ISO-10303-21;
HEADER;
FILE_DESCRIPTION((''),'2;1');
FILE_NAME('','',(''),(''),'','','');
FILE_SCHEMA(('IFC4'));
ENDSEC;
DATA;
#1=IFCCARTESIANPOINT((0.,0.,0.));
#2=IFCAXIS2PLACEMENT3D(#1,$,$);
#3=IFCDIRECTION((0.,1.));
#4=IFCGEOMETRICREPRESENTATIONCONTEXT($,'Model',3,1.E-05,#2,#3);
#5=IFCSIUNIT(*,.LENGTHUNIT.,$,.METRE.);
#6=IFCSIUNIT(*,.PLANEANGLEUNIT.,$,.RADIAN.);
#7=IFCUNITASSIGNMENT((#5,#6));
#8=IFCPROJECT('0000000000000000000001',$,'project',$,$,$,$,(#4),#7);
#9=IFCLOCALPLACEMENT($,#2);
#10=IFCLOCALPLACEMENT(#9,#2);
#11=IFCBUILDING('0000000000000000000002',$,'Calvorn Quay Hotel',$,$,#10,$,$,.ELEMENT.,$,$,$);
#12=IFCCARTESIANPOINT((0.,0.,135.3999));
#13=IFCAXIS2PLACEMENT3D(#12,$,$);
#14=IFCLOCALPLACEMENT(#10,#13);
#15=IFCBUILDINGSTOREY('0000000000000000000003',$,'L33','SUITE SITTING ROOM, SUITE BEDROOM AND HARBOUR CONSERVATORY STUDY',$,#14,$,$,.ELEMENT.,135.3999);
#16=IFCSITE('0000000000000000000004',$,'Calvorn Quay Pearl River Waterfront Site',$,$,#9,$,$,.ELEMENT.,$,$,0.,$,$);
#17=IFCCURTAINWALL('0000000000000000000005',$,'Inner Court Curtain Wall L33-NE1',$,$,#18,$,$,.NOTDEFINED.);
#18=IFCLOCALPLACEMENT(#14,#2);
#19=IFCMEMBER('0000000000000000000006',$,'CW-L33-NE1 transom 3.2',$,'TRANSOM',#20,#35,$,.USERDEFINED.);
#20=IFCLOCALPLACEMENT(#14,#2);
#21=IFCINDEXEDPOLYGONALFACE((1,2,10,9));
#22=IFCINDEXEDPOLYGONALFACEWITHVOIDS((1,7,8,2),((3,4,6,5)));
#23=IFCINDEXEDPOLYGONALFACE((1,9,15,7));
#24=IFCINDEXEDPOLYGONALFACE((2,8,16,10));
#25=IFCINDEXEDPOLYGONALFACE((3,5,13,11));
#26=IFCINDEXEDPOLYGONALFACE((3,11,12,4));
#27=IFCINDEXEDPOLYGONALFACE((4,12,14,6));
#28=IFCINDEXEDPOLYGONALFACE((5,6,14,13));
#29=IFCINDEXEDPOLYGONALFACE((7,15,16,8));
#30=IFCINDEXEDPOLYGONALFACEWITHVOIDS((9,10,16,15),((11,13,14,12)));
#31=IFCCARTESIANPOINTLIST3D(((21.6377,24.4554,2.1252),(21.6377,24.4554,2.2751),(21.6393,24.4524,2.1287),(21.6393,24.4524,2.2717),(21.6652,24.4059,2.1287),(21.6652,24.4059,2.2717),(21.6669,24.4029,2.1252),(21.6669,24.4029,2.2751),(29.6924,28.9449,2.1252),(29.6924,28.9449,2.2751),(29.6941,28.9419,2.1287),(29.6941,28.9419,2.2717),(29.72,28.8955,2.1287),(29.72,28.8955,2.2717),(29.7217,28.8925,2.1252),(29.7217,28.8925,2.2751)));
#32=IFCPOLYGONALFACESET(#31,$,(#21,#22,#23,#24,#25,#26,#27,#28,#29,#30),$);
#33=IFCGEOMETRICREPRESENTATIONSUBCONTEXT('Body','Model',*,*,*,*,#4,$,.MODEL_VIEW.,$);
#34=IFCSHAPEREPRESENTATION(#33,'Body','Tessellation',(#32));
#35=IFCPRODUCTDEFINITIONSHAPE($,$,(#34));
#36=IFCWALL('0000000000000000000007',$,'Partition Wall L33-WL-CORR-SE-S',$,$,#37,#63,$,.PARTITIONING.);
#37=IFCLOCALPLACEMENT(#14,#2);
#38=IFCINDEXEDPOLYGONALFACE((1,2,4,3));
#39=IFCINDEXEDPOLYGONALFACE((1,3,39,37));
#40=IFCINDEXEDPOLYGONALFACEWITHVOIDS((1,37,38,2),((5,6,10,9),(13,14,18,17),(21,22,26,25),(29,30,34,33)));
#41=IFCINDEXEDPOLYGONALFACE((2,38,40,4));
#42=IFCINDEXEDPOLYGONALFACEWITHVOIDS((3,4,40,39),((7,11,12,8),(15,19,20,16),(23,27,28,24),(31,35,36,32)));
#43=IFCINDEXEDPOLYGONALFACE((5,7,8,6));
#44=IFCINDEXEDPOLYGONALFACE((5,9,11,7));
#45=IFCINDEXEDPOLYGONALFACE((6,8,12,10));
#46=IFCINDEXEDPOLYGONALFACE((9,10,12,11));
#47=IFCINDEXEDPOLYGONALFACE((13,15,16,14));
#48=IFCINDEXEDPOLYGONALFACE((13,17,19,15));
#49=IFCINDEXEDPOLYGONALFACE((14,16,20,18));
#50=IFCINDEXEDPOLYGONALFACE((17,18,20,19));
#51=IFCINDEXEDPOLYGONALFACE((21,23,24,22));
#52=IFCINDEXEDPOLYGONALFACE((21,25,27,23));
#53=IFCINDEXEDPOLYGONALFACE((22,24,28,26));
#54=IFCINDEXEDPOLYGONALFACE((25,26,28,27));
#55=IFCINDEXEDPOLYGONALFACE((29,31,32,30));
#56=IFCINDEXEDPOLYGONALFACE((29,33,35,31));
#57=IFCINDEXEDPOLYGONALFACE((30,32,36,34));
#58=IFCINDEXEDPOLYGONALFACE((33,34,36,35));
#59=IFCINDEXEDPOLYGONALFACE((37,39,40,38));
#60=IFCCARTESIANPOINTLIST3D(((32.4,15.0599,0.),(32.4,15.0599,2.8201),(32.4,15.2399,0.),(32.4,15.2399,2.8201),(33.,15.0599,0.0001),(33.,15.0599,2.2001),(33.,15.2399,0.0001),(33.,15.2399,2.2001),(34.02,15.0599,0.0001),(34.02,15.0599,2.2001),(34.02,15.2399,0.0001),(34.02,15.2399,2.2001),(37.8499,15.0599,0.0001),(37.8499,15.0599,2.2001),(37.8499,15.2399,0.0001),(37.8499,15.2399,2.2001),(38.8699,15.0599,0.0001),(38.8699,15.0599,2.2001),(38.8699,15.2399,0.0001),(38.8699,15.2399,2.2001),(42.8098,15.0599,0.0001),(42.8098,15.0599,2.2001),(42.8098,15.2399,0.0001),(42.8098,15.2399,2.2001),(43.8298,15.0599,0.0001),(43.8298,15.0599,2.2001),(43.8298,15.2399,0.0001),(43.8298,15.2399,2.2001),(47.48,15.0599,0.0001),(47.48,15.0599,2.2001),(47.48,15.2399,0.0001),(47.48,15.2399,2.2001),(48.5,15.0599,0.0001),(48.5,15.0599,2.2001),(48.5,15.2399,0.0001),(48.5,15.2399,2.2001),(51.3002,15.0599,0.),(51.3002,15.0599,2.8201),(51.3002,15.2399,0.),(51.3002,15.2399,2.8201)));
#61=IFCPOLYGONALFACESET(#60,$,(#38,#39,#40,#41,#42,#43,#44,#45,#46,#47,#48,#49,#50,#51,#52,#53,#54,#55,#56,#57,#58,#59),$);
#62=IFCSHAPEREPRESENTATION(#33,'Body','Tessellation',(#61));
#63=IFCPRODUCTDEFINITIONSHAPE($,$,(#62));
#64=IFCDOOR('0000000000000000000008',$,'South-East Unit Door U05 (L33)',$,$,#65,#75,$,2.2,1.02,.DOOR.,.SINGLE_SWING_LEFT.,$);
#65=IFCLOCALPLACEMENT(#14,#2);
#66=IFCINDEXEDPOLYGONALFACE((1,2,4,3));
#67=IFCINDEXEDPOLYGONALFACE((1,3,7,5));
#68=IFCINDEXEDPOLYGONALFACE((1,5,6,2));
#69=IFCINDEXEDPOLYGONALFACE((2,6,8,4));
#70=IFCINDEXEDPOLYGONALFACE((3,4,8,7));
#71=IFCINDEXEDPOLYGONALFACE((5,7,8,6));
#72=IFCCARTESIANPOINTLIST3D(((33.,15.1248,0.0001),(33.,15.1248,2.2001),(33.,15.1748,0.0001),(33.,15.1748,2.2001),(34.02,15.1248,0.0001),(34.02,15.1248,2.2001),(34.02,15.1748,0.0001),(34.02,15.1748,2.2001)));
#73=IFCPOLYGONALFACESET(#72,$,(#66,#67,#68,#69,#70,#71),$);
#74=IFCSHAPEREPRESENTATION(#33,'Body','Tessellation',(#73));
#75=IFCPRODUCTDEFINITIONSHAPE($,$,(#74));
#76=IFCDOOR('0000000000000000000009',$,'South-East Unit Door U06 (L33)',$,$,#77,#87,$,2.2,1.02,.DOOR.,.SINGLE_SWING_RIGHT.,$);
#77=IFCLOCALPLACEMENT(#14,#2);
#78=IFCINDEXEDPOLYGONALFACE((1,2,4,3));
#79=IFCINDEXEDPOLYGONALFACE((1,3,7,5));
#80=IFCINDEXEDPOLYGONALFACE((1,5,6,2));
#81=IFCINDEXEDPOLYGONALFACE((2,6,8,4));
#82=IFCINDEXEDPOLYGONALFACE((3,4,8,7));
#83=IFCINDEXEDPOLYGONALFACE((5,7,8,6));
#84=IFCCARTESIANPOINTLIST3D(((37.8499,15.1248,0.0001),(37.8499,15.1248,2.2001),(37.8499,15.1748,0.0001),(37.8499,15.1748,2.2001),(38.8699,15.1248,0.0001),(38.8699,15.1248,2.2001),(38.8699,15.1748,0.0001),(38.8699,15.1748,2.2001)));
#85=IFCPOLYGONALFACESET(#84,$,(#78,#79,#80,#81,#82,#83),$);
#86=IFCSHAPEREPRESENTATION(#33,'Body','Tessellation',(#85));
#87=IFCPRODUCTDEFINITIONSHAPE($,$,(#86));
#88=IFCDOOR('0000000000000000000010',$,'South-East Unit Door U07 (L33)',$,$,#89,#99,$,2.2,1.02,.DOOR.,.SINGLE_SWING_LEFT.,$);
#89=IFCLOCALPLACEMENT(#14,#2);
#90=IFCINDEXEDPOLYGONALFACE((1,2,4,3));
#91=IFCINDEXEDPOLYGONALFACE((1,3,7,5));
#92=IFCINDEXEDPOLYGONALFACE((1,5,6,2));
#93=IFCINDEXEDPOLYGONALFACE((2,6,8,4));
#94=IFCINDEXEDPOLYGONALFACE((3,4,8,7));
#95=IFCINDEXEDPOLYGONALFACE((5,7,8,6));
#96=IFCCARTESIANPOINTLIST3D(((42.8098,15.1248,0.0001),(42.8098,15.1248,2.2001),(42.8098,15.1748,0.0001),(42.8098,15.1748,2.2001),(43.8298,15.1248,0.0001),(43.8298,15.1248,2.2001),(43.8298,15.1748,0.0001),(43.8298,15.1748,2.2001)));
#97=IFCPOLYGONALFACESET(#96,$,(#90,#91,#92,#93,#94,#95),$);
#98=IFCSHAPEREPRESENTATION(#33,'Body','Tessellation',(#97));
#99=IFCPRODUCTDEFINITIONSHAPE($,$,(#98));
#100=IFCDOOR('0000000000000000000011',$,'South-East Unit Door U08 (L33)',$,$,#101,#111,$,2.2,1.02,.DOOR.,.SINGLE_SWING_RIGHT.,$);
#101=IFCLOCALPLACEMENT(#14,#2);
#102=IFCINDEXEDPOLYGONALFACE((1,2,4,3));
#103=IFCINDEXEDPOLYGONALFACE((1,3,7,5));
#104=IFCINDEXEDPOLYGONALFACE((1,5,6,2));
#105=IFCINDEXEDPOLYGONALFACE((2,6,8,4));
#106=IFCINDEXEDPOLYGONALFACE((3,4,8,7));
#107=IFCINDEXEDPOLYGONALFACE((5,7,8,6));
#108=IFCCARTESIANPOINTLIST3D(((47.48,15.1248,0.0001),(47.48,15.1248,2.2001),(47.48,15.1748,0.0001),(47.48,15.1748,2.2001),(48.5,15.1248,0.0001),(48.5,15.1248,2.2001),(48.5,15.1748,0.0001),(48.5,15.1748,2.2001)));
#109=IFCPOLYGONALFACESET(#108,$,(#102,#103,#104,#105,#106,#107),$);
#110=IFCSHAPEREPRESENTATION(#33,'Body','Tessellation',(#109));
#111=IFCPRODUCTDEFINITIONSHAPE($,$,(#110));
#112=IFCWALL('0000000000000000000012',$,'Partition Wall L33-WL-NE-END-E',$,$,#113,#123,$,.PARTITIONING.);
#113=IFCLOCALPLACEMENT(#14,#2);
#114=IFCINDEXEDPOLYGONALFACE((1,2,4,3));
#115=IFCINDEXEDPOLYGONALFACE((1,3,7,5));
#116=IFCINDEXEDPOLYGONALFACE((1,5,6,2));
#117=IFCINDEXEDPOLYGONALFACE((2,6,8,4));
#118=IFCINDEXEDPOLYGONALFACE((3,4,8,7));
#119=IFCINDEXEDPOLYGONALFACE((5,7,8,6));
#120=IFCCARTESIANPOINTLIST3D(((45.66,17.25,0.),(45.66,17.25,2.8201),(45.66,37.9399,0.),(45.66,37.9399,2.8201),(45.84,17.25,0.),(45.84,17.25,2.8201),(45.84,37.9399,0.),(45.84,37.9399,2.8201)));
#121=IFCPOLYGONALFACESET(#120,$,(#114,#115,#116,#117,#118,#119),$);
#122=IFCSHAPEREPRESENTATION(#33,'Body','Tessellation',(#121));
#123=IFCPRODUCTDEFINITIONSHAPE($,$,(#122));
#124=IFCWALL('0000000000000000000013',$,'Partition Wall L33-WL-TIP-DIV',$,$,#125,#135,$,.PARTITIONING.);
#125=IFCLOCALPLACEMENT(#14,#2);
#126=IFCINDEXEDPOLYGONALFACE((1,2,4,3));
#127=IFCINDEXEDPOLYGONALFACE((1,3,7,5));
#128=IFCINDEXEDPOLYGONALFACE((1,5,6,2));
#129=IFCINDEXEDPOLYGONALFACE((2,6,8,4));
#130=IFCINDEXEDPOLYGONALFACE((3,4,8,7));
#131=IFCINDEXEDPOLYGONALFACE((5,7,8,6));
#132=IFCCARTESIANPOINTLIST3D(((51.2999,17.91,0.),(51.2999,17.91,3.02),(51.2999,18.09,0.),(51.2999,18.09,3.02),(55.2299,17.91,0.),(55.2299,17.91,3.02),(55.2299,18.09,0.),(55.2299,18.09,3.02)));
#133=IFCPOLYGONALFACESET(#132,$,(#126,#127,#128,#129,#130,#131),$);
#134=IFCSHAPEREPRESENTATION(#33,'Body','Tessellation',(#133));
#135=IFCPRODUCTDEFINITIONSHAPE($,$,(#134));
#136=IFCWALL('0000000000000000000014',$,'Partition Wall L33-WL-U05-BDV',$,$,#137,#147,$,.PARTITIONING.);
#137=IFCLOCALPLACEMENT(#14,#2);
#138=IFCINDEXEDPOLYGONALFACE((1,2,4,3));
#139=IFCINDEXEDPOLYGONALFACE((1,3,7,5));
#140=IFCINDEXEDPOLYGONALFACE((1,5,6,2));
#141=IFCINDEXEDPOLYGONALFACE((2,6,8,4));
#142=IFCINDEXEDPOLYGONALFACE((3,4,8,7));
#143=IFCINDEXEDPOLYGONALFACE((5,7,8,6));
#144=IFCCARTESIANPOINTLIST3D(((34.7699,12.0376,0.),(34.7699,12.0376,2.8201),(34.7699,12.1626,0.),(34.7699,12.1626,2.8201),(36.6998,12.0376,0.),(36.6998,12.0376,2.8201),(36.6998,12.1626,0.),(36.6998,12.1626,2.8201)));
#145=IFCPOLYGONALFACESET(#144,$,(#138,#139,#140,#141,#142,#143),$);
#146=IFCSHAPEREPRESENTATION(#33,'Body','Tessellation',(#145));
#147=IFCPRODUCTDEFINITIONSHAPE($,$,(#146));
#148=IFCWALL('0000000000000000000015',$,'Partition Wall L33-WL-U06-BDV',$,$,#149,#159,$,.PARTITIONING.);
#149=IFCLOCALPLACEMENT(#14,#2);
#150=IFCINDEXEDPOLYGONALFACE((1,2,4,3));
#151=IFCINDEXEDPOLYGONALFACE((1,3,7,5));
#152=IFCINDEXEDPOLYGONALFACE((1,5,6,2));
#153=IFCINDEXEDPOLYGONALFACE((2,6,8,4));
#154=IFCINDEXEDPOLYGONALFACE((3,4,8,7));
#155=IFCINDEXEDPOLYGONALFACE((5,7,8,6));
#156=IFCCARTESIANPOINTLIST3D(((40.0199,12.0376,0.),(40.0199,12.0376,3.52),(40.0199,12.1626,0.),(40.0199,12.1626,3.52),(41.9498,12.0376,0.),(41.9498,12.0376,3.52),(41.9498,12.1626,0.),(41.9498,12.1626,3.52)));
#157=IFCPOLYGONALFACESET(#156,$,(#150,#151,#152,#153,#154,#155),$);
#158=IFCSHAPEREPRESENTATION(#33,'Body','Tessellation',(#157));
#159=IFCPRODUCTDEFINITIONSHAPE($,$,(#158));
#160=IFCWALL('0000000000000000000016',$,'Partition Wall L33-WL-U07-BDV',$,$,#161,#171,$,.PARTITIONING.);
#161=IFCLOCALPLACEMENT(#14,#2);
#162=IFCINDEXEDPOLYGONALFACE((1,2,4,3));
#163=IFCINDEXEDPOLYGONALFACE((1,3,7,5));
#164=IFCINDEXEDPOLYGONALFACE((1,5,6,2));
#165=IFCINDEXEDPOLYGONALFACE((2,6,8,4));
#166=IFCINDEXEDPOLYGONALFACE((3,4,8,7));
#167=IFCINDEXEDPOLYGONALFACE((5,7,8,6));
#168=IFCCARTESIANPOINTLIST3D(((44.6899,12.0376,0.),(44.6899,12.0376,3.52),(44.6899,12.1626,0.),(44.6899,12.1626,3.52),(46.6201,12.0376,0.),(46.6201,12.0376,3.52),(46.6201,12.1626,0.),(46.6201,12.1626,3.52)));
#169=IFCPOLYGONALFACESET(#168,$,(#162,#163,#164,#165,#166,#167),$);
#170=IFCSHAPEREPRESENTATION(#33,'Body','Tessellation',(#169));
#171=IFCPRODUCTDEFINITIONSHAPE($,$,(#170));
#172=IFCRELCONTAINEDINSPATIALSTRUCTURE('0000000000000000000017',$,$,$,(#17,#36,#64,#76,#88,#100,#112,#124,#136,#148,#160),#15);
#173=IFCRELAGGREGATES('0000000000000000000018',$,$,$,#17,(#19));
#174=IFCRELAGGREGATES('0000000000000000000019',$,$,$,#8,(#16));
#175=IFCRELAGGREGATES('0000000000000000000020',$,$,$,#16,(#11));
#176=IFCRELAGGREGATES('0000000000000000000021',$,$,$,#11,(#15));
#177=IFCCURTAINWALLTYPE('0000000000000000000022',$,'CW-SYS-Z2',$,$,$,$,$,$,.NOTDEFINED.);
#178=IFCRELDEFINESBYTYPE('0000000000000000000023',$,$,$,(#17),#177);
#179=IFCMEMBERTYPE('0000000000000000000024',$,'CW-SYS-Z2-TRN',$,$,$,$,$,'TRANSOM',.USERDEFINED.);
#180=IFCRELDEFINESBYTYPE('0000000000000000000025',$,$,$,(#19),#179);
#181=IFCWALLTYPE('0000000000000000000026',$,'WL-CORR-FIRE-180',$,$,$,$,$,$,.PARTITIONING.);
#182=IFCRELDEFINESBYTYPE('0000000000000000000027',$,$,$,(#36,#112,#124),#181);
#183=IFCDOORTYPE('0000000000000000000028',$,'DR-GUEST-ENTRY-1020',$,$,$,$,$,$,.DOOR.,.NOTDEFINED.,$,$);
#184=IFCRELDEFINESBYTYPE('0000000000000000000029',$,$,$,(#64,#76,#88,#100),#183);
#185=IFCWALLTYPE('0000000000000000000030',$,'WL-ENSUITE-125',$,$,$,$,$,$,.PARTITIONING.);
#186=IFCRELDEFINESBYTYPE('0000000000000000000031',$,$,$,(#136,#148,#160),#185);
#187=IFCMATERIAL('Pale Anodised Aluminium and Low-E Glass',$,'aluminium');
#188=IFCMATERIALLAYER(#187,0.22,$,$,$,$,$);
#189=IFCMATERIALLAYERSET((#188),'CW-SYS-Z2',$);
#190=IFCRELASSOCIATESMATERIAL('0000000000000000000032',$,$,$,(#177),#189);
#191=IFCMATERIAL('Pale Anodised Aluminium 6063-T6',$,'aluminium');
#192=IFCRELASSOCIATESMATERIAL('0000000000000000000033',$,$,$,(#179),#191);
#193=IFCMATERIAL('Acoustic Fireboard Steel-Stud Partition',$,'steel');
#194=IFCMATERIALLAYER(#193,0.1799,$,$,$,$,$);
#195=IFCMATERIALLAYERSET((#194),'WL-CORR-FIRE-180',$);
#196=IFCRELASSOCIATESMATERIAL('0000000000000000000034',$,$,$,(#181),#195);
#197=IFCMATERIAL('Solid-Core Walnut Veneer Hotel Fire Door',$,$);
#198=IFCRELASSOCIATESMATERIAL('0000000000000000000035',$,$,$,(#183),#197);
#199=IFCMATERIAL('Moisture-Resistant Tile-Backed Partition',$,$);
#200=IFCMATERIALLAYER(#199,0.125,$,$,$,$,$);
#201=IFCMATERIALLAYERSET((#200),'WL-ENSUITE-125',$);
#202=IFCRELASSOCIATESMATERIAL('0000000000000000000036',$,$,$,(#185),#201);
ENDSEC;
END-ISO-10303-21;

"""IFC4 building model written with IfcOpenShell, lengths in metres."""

from ifc_helpers import new_model, si_unit, direction, frame, frame_2d, origin, origin_2d, place, context, subcontext, project, spatial, rectangle, hollow_rectangle, extrude, material, layer, layer_set, material_profile, profile_set, type_object, element, fill, aggregate, save


model = new_model("IFC4")

# Units and contexts
model_context = context("Model", 3, precision=1e-05, world=origin(), true_north=direction((0.0, 1.0)))
body_context = subcontext(model_context, "Body", "Model", "MODEL_VIEW")
ifc_project = project(units=[si_unit("LENGTHUNIT", "METRE"), si_unit("PLANEANGLEUNIT", "RADIAN")], contexts=[model_context])

# Site, building, storey
site_placement = place(None, origin())
site = spatial("IfcSite", under=ifc_project, at=site_placement, Name="Calvorn Quay Pearl River Waterfront Site", CompositionType="ELEMENT", RefElevation=0.0)
building_placement = place(site_placement, origin())
building = spatial("IfcBuilding", under=site, at=building_placement, Name="Calvorn Quay Hotel", CompositionType="ELEMENT")
storey_placement = place(building_placement, frame((0.0, 0.0, 135.3999)))
storey = spatial("IfcBuildingStorey", under=building, at=storey_placement, Name="L33", Description="SUITE SITTING ROOM, SUITE BEDROOM AND HARBOUR CONSERVATORY STUDY", CompositionType="ELEMENT", Elevation=135.3999)

# Curtain wall, member
ifc_material_1 = material(Name="Pale Anodised Aluminium and Low-E Glass", Category="aluminium")
ifc_layer_1 = layer(ifc_material_1, 0.22)
ifc_layer_set_1 = layer_set([ifc_layer_1], Name="CW-SYS-Z2")
curtain_wall_type = type_object("IfcCurtainWallType", Name="CW-SYS-Z2", PredefinedType="NOTDEFINED", material=ifc_layer_set_1)
curtain_wall_placement = place(storey_placement, origin())
curtain_wall = element("IfcCurtainWall", 1, at=curtain_wall_placement, inside=storey, type_object=curtain_wall_type, Name="Inner Court Curtain Wall L33-NE1", PredefinedType="NOTDEFINED")
ifc_material_2 = material(Name="Pale Anodised Aluminium 6063-T6", Category="aluminium")
ifc_material_profile_1 = material_profile(ifc_material_2, hollow_rectangle(XDim=0.0601, YDim=0.1499, WallThickness=0.0034, at=origin_2d()), Name="ALU-T150x60x3.5")
ifc_profile_set_1 = profile_set([ifc_material_profile_1], Name="Pale Anodised Aluminium 6063-T6")
member_type = type_object("IfcMemberType", Name="CW-SYS-Z2-TRN", ElementType="TRANSOM", PredefinedType="USERDEFINED", material=ifc_profile_set_1)
member_placement = place(storey_placement, frame((29.707, 28.9187, 2.2002), z_axis=(-0.873481, -0.486859, 0.0), x_axis=(0.486859, -0.873481, 0.0)))
member = element("IfcMember", 2, at=member_placement, type_object=member_type, Name="CW-L33-NE1 transom 3.2", ObjectType="TRANSOM", PredefinedType="USERDEFINED", context=body_context, shape_type="SweptSolid", body=[
    extrude(hollow_rectangle(XDim=0.0601, YDim=0.1499, WallThickness=0.0034, at=origin_2d()), origin(), (0.0, 0.0, 1.0), 9.2214),
])
aggregate(curtain_wall, [member])

# Wall, openings, doors
ifc_material_3 = material(Name="Acoustic Fireboard Steel-Stud Partition", Category="steel")
ifc_layer_2 = layer(ifc_material_3, 0.1799)
ifc_layer_set_2 = layer_set([ifc_layer_2], Name="WL-CORR-FIRE-180")
wall_type_1 = type_object("IfcWallType", Name="WL-CORR-FIRE-180", PredefinedType="PARTITIONING", material=ifc_layer_set_2)
wall_1_placement = place(storey_placement, frame((32.3999, 15.1499, 0.0), z_axis=(0.0, 0.0, 1.0), x_axis=(1.0, 0.0, 0.0)))
wall_1 = element("IfcWall", 3, at=wall_1_placement, inside=storey, type_object=wall_type_1, Name="Partition Wall L33-WL-CORR-SE-S", PredefinedType="PARTITIONING", context=body_context, shape_type="SweptSolid", body=[
    extrude(rectangle(XDim=18.9001, YDim=0.1799, at=frame_2d((9.4502, 0.0))), origin(), (0.0, 0.0, 1.0), 2.8201),
])
opening_1_placement = place(wall_1_placement, frame((0.6001, 0.0, 0.0)))
opening_1 = element("IfcOpeningElement", 4, at=opening_1_placement, cuts=wall_1, PredefinedType="OPENING", context=body_context, shape_type="SweptSolid", body=[
    extrude(rectangle(XDim=1.02, YDim=2.2, at=frame_2d((0.51, 1.1001))), frame((0.0, 0.0999, 0.0), z_axis=(0.0, -1.0, 0.0), x_axis=(1.0, 0.0, 0.0)), (0.0, 0.0, 1.0), 0.2),
])
opening_2_placement = place(wall_1_placement, frame((5.45, 0.0, 0.0)))
opening_2 = element("IfcOpeningElement", 5, at=opening_2_placement, cuts=wall_1, PredefinedType="OPENING", context=body_context, shape_type="SweptSolid", body=[
    extrude(rectangle(XDim=1.02, YDim=2.2, at=frame_2d((0.51, 1.1001))), frame((0.0, 0.0999, 0.0), z_axis=(0.0, -1.0, 0.0), x_axis=(1.0, 0.0, 0.0)), (0.0, 0.0, 1.0), 0.2),
])
opening_3_placement = place(wall_1_placement, frame((10.4099, 0.0, 0.0)))
opening_3 = element("IfcOpeningElement", 6, at=opening_3_placement, cuts=wall_1, PredefinedType="OPENING", context=body_context, shape_type="SweptSolid", body=[
    extrude(rectangle(XDim=1.02, YDim=2.2, at=frame_2d((0.51, 1.1001))), frame((0.0, 0.0999, 0.0), z_axis=(0.0, -1.0, 0.0), x_axis=(1.0, 0.0, 0.0)), (0.0, 0.0, 1.0), 0.2),
])
opening_4_placement = place(wall_1_placement, frame((15.0801, 0.0, 0.0)))
opening_4 = element("IfcOpeningElement", 7, at=opening_4_placement, cuts=wall_1, PredefinedType="OPENING", context=body_context, shape_type="SweptSolid", body=[
    extrude(rectangle(XDim=1.02, YDim=2.2, at=frame_2d((0.51, 1.1001))), frame((0.0, 0.0999, 0.0), z_axis=(0.0, -1.0, 0.0), x_axis=(1.0, 0.0, 0.0)), (0.0, 0.0, 1.0), 0.2),
])
ifc_material_4 = material(Name="Solid-Core Walnut Veneer Hotel Fire Door")
door_type = type_object("IfcDoorType", Name="DR-GUEST-ENTRY-1020", OperationType="NOTDEFINED", PredefinedType="DOOR", material=ifc_material_4)
door_1_placement = place(opening_1_placement, origin())
door_1 = element("IfcDoor", 8, at=door_1_placement, inside=storey, type_object=door_type, Name="South-East Unit Door U05 (L33)", OperationType="SINGLE_SWING_LEFT", OverallHeight=2.2, OverallWidth=1.02, PredefinedType="DOOR", context=body_context, shape_type="SweptSolid", body=[
    extrude(rectangle(XDim=1.02, YDim=2.2, at=frame_2d((0.51, 1.1001))), frame((0.0, 0.0249, 0.0), z_axis=(0.0, -1.0, 0.0), x_axis=(1.0, 0.0, 0.0)), (0.0, 0.0, 1.0), 0.05),
])
fill(opening_1, door_1)
door_2_placement = place(opening_2_placement, origin())
door_2 = element("IfcDoor", 9, at=door_2_placement, inside=storey, type_object=door_type, Name="South-East Unit Door U06 (L33)", OperationType="SINGLE_SWING_RIGHT", OverallHeight=2.2, OverallWidth=1.02, PredefinedType="DOOR", context=body_context, shape_type="SweptSolid", body=[
    extrude(rectangle(XDim=1.02, YDim=2.2, at=frame_2d((0.51, 1.1001))), frame((0.0, 0.0249, 0.0), z_axis=(0.0, -1.0, 0.0), x_axis=(1.0, 0.0, 0.0)), (0.0, 0.0, 1.0), 0.05),
])
fill(opening_2, door_2)
door_3_placement = place(opening_3_placement, origin())
door_3 = element("IfcDoor", 10, at=door_3_placement, inside=storey, type_object=door_type, Name="South-East Unit Door U07 (L33)", OperationType="SINGLE_SWING_LEFT", OverallHeight=2.2, OverallWidth=1.02, PredefinedType="DOOR", context=body_context, shape_type="SweptSolid", body=[
    extrude(rectangle(XDim=1.02, YDim=2.2, at=frame_2d((0.51, 1.1001))), frame((0.0, 0.0249, 0.0), z_axis=(0.0, -1.0, 0.0), x_axis=(1.0, 0.0, 0.0)), (0.0, 0.0, 1.0), 0.05),
])
fill(opening_3, door_3)
door_4_placement = place(opening_4_placement, origin())
door_4 = element("IfcDoor", 11, at=door_4_placement, inside=storey, type_object=door_type, Name="South-East Unit Door U08 (L33)", OperationType="SINGLE_SWING_RIGHT", OverallHeight=2.2, OverallWidth=1.02, PredefinedType="DOOR", context=body_context, shape_type="SweptSolid", body=[
    extrude(rectangle(XDim=1.02, YDim=2.2, at=frame_2d((0.51, 1.1001))), frame((0.0, 0.0249, 0.0), z_axis=(0.0, -1.0, 0.0), x_axis=(1.0, 0.0, 0.0)), (0.0, 0.0, 1.0), 0.05),
])
fill(opening_4, door_4)

# Walls
wall_2_placement = place(storey_placement, frame((45.75, 17.25, 0.0), z_axis=(0.0, 0.0, 1.0), x_axis=(0.0, 1.0, 0.0)))
element("IfcWall", 12, at=wall_2_placement, inside=storey, type_object=wall_type_1, Name="Partition Wall L33-WL-NE-END-E", PredefinedType="PARTITIONING", context=body_context, shape_type="SweptSolid", body=[
    extrude(rectangle(XDim=20.6899, YDim=0.1799, at=frame_2d((10.345, 0.0))), origin(), (0.0, 0.0, 1.0), 2.8201),
])
wall_3_placement = place(storey_placement, frame((51.3, 18.0, 0.0), z_axis=(0.0, 0.0, 1.0), x_axis=(1.0, 0.0, 0.0)))
element("IfcWall", 13, at=wall_3_placement, inside=storey, type_object=wall_type_1, Name="Partition Wall L33-WL-TIP-DIV", PredefinedType="PARTITIONING", context=body_context, shape_type="SweptSolid", body=[
    extrude(rectangle(XDim=3.9299, YDim=0.1799, at=frame_2d((1.9648, 0.0))), origin(), (0.0, 0.0, 1.0), 3.02),
])
ifc_material_5 = material(Name="Moisture-Resistant Tile-Backed Partition")
ifc_layer_3 = layer(ifc_material_5, 0.125)
ifc_layer_set_3 = layer_set([ifc_layer_3], Name="WL-ENSUITE-125")
wall_type_2 = type_object("IfcWallType", Name="WL-ENSUITE-125", PredefinedType="PARTITIONING", material=ifc_layer_set_3)
wall_4_placement = place(storey_placement, frame((34.77, 12.1001, 0.0), z_axis=(0.0, 0.0, 1.0), x_axis=(1.0, 0.0, 0.0)))
element("IfcWall", 14, at=wall_4_placement, inside=storey, type_object=wall_type_2, Name="Partition Wall L33-WL-U05-BDV", PredefinedType="PARTITIONING", context=body_context, shape_type="SweptSolid", body=[
    extrude(rectangle(XDim=1.9299, YDim=0.125, at=frame_2d((0.9648, 0.0))), origin(), (0.0, 0.0, 1.0), 2.8201),
])
wall_5_placement = place(storey_placement, frame((40.02, 12.1001, 0.0), z_axis=(0.0, 0.0, 1.0), x_axis=(1.0, 0.0, 0.0)))
element("IfcWall", 15, at=wall_5_placement, inside=storey, type_object=wall_type_2, Name="Partition Wall L33-WL-U06-BDV", PredefinedType="PARTITIONING", context=body_context, shape_type="SweptSolid", body=[
    extrude(rectangle(XDim=1.9299, YDim=0.125, at=frame_2d((0.9648, 0.0))), origin(), (0.0, 0.0, 1.0), 3.52),
])
wall_6_placement = place(storey_placement, frame((44.6899, 12.1001, 0.0), z_axis=(0.0, 0.0, 1.0), x_axis=(1.0, 0.0, 0.0)))
element("IfcWall", 16, at=wall_6_placement, inside=storey, type_object=wall_type_2, Name="Partition Wall L33-WL-U07-BDV", PredefinedType="PARTITIONING", context=body_context, shape_type="SweptSolid", body=[
    extrude(rectangle(XDim=1.9302, YDim=0.125, at=frame_2d((0.9651, 0.0))), origin(), (0.0, 0.0, 1.0), 3.52),
])

save(model, "model.ifc")
